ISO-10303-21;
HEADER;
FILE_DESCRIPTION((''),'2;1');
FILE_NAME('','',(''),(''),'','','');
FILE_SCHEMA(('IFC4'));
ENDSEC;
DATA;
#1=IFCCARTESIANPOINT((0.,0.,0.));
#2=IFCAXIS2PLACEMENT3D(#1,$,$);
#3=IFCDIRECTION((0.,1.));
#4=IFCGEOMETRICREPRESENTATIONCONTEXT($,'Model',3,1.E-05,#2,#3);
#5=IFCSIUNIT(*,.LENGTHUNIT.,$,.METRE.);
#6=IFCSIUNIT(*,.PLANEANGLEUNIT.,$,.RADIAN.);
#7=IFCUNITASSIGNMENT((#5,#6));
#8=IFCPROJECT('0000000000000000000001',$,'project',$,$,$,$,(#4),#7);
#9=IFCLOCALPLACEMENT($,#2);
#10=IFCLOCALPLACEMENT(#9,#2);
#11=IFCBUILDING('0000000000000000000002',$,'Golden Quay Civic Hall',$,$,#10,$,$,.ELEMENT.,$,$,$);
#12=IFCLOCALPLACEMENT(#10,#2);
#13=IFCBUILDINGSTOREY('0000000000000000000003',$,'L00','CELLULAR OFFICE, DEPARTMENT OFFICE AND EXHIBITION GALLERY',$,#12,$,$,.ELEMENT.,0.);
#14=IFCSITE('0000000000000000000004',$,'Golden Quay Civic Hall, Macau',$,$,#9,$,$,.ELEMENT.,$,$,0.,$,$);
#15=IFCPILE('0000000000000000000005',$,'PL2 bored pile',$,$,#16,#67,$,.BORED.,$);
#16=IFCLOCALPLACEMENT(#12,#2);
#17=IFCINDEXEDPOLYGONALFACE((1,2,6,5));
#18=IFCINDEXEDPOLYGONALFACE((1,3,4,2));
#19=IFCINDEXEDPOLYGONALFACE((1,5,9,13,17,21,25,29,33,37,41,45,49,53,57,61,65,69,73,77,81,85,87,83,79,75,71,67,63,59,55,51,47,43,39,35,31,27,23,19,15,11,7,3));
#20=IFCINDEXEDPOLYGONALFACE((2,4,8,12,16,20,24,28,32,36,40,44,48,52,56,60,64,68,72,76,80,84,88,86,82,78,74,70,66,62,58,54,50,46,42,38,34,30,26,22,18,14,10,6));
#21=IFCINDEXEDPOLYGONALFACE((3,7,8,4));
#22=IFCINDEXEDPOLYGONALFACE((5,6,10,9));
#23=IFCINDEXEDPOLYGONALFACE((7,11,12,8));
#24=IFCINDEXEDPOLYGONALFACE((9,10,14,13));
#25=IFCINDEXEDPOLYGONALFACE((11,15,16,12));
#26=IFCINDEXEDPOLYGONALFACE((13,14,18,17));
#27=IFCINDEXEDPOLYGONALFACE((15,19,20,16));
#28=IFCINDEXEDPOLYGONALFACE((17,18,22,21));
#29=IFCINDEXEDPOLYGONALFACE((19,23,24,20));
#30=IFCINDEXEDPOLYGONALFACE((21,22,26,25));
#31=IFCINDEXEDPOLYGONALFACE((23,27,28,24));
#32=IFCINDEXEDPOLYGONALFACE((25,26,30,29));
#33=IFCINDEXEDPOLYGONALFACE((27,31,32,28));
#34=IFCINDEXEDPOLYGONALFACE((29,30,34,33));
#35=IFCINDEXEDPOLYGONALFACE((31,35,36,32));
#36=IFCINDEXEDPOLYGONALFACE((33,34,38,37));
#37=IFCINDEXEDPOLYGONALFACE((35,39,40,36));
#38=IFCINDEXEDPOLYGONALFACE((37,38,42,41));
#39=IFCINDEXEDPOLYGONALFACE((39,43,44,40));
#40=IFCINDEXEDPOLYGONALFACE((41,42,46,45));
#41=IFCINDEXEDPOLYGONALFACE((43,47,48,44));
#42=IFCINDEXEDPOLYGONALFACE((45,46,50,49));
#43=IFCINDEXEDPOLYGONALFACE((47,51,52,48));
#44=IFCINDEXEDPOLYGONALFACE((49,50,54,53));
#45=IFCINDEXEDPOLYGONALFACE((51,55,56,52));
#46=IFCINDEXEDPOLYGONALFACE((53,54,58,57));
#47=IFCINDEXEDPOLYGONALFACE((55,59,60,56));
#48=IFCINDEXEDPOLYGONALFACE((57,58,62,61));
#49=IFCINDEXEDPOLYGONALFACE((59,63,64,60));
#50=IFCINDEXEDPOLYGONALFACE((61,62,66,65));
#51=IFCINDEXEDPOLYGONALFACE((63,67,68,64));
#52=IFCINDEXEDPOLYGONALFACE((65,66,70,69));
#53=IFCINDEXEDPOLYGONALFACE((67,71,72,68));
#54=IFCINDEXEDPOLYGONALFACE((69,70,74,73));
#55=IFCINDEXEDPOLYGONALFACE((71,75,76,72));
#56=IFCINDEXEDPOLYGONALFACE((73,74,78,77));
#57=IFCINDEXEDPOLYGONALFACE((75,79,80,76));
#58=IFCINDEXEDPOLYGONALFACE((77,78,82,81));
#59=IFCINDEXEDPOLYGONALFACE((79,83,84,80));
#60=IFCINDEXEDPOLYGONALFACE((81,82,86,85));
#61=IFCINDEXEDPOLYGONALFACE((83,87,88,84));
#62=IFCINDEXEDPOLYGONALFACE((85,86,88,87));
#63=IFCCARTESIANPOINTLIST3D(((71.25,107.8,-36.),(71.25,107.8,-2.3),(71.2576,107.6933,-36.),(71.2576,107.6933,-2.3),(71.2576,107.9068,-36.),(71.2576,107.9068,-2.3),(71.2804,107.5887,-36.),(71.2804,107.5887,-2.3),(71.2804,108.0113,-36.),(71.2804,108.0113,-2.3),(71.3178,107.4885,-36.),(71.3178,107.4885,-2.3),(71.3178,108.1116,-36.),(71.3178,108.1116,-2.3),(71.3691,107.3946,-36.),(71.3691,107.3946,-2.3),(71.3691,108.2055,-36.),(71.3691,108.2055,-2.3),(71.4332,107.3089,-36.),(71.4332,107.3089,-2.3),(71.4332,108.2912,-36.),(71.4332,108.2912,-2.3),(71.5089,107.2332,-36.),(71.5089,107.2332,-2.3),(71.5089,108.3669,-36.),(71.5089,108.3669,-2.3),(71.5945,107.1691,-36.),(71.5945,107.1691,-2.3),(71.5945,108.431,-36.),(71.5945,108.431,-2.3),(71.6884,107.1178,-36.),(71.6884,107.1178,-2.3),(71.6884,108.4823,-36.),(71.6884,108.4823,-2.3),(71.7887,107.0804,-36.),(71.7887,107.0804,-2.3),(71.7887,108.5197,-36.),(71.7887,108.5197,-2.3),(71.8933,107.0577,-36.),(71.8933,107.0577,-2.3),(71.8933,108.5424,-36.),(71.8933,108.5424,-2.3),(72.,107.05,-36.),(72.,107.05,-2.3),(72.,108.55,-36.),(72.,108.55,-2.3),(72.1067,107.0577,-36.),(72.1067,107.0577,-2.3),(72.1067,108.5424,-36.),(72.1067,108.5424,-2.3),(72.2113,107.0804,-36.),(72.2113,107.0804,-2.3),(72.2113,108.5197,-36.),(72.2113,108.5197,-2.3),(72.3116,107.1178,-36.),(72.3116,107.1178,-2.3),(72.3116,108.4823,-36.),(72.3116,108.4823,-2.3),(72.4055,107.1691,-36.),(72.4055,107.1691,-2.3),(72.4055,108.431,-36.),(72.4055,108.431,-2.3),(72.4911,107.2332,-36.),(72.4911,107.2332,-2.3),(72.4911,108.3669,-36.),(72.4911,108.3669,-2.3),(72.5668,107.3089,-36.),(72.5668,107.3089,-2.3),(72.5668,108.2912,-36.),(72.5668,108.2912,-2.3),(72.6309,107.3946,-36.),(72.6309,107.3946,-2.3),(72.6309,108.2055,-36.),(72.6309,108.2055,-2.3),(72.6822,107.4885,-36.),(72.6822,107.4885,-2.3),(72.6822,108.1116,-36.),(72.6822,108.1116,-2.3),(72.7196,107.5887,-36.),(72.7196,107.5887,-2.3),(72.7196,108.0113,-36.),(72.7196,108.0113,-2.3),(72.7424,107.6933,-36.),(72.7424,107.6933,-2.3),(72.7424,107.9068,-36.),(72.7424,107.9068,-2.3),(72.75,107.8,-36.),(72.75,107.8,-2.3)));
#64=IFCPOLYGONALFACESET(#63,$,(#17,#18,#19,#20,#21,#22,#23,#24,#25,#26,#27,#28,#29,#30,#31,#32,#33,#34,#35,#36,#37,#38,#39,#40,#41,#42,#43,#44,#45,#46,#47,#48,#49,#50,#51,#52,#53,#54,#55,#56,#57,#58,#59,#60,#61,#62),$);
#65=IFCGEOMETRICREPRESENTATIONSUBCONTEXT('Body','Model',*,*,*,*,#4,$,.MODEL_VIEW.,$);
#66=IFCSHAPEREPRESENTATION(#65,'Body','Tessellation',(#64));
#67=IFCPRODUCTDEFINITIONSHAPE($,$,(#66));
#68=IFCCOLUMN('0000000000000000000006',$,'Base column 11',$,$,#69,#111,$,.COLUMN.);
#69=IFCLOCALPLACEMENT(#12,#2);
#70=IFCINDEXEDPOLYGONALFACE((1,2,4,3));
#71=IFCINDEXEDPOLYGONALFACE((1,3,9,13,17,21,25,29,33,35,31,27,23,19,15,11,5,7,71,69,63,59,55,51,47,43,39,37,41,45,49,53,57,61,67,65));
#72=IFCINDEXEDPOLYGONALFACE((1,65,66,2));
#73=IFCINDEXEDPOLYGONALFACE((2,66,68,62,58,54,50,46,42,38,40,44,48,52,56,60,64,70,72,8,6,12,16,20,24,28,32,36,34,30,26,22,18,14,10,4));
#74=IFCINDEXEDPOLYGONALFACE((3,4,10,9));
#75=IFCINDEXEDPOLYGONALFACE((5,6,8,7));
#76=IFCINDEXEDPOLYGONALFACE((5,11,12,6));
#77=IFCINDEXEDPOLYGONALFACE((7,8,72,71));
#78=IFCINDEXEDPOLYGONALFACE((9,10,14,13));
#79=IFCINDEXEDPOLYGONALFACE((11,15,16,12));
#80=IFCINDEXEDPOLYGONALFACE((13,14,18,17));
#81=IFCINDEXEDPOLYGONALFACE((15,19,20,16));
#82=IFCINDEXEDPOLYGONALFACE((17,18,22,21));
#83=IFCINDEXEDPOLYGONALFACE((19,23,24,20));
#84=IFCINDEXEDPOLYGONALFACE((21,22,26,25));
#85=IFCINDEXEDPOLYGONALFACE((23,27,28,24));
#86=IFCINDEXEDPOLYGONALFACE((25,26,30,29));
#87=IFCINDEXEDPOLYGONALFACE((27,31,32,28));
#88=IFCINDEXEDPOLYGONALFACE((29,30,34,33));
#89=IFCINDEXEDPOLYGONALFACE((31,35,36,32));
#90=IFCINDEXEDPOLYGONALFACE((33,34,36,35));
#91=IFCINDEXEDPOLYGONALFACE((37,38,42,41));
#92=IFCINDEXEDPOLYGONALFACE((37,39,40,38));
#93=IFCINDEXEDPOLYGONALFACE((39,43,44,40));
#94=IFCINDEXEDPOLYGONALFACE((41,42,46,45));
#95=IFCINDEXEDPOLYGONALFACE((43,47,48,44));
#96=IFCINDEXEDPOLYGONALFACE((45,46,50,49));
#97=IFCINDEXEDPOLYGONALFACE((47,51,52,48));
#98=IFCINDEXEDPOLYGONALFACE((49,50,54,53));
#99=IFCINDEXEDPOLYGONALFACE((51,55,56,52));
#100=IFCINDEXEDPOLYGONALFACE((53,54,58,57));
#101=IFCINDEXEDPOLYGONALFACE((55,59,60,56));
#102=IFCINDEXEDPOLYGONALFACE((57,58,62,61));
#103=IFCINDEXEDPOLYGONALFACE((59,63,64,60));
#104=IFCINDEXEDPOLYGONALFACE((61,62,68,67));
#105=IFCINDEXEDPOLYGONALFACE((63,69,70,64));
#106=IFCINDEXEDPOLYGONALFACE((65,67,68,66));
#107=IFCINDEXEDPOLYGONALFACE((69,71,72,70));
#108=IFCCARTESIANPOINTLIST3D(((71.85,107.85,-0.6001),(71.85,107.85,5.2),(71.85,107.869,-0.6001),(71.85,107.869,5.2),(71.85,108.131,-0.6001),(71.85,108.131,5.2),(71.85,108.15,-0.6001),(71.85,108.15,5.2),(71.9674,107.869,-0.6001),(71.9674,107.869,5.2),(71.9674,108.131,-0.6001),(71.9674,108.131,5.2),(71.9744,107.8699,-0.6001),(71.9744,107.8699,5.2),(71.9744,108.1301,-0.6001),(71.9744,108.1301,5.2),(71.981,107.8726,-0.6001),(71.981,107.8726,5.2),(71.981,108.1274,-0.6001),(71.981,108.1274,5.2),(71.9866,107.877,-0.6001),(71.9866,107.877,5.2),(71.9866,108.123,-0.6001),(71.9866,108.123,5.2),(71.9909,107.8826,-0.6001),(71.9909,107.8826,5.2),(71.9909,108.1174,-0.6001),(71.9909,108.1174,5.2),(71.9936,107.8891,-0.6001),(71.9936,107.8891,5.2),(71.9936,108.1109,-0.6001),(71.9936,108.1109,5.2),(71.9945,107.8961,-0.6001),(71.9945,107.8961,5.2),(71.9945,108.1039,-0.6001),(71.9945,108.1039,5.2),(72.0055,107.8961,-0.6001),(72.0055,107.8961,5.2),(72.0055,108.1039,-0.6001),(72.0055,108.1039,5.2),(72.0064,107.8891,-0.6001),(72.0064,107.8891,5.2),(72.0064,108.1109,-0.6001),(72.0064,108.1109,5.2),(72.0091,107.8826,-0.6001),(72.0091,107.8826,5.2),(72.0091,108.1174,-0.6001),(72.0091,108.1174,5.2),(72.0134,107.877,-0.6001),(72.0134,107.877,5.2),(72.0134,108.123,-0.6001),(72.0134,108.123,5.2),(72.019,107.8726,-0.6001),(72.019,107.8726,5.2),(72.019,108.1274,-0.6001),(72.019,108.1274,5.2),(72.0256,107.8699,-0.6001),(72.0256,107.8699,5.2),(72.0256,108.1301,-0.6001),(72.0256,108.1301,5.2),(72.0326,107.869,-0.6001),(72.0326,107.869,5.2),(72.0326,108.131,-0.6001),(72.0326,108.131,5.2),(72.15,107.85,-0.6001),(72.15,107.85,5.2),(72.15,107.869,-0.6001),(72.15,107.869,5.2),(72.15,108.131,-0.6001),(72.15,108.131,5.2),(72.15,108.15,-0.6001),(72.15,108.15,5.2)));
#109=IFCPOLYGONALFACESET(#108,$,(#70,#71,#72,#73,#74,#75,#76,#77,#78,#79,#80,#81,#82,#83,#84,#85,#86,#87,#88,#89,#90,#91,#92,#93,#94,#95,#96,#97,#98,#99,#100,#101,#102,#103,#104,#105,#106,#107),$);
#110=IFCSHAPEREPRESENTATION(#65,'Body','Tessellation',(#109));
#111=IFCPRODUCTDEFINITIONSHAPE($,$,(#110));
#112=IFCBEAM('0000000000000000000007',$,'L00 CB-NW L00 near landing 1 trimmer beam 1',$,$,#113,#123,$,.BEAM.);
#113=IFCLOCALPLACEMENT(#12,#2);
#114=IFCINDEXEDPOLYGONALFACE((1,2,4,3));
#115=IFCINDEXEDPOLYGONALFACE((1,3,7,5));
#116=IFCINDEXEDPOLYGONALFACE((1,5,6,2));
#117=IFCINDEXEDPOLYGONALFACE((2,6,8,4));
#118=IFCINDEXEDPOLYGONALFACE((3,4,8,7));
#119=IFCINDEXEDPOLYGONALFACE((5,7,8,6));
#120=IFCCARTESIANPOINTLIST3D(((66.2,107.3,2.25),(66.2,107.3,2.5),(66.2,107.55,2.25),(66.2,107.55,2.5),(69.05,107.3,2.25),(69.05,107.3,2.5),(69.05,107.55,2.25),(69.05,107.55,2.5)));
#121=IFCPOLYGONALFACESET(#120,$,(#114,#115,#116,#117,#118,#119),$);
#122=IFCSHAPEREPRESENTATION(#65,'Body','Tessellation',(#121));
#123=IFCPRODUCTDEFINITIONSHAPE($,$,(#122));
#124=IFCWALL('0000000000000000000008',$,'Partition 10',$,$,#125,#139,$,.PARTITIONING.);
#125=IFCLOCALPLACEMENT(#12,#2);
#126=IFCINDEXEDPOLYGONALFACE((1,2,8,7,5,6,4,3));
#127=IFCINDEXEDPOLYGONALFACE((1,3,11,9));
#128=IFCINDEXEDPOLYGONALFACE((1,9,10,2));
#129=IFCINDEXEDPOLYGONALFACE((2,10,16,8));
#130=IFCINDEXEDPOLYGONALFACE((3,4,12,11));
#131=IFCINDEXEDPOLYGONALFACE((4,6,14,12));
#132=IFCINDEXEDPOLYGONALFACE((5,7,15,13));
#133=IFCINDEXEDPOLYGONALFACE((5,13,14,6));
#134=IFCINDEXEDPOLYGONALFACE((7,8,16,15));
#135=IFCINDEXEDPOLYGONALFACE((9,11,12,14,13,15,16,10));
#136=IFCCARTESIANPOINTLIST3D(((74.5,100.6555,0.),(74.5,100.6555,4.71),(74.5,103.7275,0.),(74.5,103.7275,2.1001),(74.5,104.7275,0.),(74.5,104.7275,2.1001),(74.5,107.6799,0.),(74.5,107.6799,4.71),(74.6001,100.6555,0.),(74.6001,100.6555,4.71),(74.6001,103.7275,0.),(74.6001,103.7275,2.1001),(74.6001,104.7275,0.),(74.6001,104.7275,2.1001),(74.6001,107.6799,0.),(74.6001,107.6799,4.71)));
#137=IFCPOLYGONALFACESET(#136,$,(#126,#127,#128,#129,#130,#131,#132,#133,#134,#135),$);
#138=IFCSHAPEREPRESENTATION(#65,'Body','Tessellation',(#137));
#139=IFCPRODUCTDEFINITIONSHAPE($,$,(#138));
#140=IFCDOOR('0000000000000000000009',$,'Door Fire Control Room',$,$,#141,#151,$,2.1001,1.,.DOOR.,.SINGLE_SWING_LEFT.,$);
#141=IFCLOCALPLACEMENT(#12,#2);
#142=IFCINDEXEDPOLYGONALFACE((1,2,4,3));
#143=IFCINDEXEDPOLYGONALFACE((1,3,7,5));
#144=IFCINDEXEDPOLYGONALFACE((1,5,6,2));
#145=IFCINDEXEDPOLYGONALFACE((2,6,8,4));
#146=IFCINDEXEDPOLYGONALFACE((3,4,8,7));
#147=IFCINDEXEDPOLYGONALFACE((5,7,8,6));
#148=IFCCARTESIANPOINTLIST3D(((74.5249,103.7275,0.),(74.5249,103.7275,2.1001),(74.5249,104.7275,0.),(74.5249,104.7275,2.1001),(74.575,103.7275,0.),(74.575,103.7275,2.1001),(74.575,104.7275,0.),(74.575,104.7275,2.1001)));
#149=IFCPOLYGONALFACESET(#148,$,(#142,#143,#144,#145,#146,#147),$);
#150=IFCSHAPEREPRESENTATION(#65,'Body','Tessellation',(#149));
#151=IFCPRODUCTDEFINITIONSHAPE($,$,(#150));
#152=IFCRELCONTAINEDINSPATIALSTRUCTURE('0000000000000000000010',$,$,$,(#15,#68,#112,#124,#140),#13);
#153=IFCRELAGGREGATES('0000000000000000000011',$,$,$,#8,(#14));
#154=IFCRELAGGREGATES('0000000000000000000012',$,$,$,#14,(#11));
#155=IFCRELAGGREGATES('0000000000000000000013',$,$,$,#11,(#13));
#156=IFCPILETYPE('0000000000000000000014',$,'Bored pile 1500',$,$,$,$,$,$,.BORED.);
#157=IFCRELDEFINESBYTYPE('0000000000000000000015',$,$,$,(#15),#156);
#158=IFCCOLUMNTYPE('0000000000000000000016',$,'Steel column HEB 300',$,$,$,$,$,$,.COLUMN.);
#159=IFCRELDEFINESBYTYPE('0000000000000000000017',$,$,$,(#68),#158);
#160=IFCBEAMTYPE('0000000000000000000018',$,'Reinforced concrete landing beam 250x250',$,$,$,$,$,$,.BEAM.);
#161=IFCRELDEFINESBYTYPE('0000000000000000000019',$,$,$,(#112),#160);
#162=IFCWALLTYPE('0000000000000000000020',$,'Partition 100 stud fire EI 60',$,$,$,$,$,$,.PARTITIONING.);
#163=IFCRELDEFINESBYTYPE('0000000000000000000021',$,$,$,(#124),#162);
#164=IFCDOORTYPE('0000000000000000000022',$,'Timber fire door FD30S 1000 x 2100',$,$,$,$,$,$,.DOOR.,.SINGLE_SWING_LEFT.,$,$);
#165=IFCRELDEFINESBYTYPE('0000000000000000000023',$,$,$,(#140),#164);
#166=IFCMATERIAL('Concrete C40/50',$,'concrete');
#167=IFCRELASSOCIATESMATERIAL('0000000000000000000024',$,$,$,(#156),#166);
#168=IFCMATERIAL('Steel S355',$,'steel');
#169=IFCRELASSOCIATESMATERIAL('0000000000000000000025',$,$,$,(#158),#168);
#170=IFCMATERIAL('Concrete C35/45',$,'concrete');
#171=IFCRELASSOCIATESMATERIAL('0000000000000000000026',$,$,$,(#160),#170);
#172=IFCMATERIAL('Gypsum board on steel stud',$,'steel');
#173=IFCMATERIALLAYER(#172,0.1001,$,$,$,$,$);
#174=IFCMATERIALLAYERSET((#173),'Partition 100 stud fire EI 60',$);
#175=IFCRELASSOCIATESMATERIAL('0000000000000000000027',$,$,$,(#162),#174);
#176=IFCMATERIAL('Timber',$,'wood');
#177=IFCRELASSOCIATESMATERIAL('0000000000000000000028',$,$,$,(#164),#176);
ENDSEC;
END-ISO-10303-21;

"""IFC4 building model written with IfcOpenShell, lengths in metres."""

from ifc_helpers import new_model, si_unit, direction, frame, frame_2d, origin, origin_2d, place, context, subcontext, project, spatial, rectangle, circle, i_section, extrude, material, layer, layer_set, material_profile, profile_set, type_object, element, fill, save


model = new_model("IFC4")

# Units and contexts
model_context = context("Model", 3, precision=1e-05, world=origin(), true_north=direction((0.0, 1.0)))
body_context = subcontext(model_context, "Body", "Model", "MODEL_VIEW")
ifc_project = project(units=[si_unit("LENGTHUNIT", "METRE"), si_unit("PLANEANGLEUNIT", "RADIAN")], contexts=[model_context])

# Site, building, storey
site_placement = place(None, origin())
site = spatial("IfcSite", under=ifc_project, at=site_placement, Name="Golden Quay Civic Hall, Macau", CompositionType="ELEMENT", RefElevation=0.0)
building_placement = place(site_placement, origin())
building = spatial("IfcBuilding", under=site, at=building_placement, Name="Golden Quay Civic Hall", CompositionType="ELEMENT")
storey_placement = place(building_placement, origin())
storey = spatial("IfcBuildingStorey", under=building, at=storey_placement, Name="L00", Description="CELLULAR OFFICE, DEPARTMENT OFFICE AND EXHIBITION GALLERY", CompositionType="ELEMENT", Elevation=0.0)

# Pile
ifc_material_1 = material(Name="Concrete C40/50", Category="concrete")
ifc_material_profile_1 = material_profile(ifc_material_1, circle(Radius=0.75, at=origin_2d()), Name="RC D1500")
ifc_profile_set_1 = profile_set([ifc_material_profile_1], Name="Concrete C40/50")
pile_type_1 = type_object("IfcPileType", Name="Bored pile 1500", PredefinedType="BORED", material=ifc_profile_set_1)
for number, where, z_axis, x_axis, name in (
    (1, (72.0, 107.8, -2.3), (0.0, 0.0, -1.0), (1.0, 0.0, 0.0), "PL2 bored pile"),
):
    element("IfcPile", number, at=place(storey_placement, frame(where, z_axis=z_axis, x_axis=x_axis)), inside=storey, type_object=pile_type_1, Name=name, PredefinedType="BORED", context=body_context, shape_type="SweptSolid", body=[
        extrude(circle(Radius=0.75, at=origin_2d()), origin(), (0.0, 0.0, 1.0), 33.7),
    ])

# Column
ifc_material_2 = material(Name="Steel S355", Category="steel")
ifc_material_profile_2 = material_profile(ifc_material_2, i_section(OverallWidth=0.3, OverallDepth=0.3, WebThickness=0.011, FlangeThickness=0.019, FilletRadius=0.0271, at=origin_2d()), Name="HEB 300")
ifc_profile_set_2 = profile_set([ifc_material_profile_2], Name="Steel S355")
column_type = type_object("IfcColumnType", Name="Steel column HEB 300", PredefinedType="COLUMN", material=ifc_profile_set_2)
column_placement = place(storey_placement, frame((72.0, 108.0, -0.6001), z_axis=(0.0, 0.0, 1.0), x_axis=(1.0, 0.0, 0.0)))
element("IfcColumn", 2, at=column_placement, inside=storey, type_object=column_type, Name="Base column 11", PredefinedType="COLUMN", context=body_context, shape_type="SweptSolid", body=[
    extrude(i_section(OverallWidth=0.3, OverallDepth=0.3, WebThickness=0.011, FlangeThickness=0.019, FilletRadius=0.0271, at=origin_2d()), origin(), (0.0, 0.0, 1.0), 5.8),
])

# Beam
ifc_material_3 = material(Name="Concrete C35/45", Category="concrete")
ifc_material_profile_3 = material_profile(ifc_material_3, rectangle(XDim=0.25, YDim=0.25, at=origin_2d()), Name="RC 250x250")
ifc_profile_set_3 = profile_set([ifc_material_profile_3], Name="Concrete C35/45")
beam_type = type_object("IfcBeamType", Name="Reinforced concrete landing beam 250x250", PredefinedType="BEAM", material=ifc_profile_set_3)
beam_placement = place(storey_placement, frame((66.2, 107.425, 2.375), z_axis=(1.0, 0.0, 0.0), x_axis=(0.0, 1.0, 0.0)))
element("IfcBeam", 3, at=beam_placement, inside=storey, type_object=beam_type, Name="L00 CB-NW L00 near landing 1 trimmer beam 1", PredefinedType="BEAM", context=body_context, shape_type="SweptSolid", body=[
    extrude(rectangle(XDim=0.25, YDim=0.25, at=origin_2d()), origin(), (0.0, 0.0, 1.0), 2.8501),
])

# Wall, opening, door
ifc_material_4 = material(Name="Gypsum board on steel stud", Category="steel")
ifc_layer_1 = layer(ifc_material_4, 0.1001)
ifc_layer_set_1 = layer_set([ifc_layer_1], Name="Partition 100 stud fire EI 60")
wall_type_1 = type_object("IfcWallType", Name="Partition 100 stud fire EI 60", PredefinedType="PARTITIONING", material=ifc_layer_set_1)
wall_1_placement = place(storey_placement, frame((74.55, 107.6799, 0.0), z_axis=(0.0, 0.0, 1.0), x_axis=(0.0, -1.0, 0.0)))
wall_1 = element("IfcWall", 4, at=wall_1_placement, inside=storey, type_object=wall_type_1, Name="Partition 10", PredefinedType="PARTITIONING", context=body_context, shape_type="SweptSolid", body=[
    extrude(rectangle(XDim=7.0244, YDim=0.1001, at=frame_2d((3.5122, 0.0))), origin(), (0.0, 0.0, 1.0), 4.71),
])
opening_1_placement = place(wall_1_placement, frame((2.9524, 0.0, 0.0)))
opening_1 = element("IfcOpeningElement", 5, at=opening_1_placement, cuts=wall_1, PredefinedType="OPENING", context=body_context, shape_type="SweptSolid", body=[
    extrude(rectangle(XDim=1.0, YDim=2.1001, at=frame_2d((0.5, 1.05))), frame((0.0, 0.0601, 0.0), z_axis=(0.0, -1.0, 0.0), x_axis=(1.0, 0.0, 0.0)), (0.0, 0.0, 1.0), 0.1201),
])
ifc_material_5 = material(Name="Timber", Category="wood")
door_type_1 = type_object("IfcDoorType", Name="Timber fire door FD30S 1000 x 2100", OperationType="SINGLE_SWING_LEFT", PredefinedType="DOOR", material=ifc_material_5)
door_1_placement = place(opening_1_placement, origin())
door_1 = element("IfcDoor", 6, at=door_1_placement, inside=storey, type_object=door_type_1, Name="Door Fire Control Room", OperationType="SINGLE_SWING_LEFT", OverallHeight=2.1001, OverallWidth=1.0, PredefinedType="DOOR", context=body_context, shape_type="SweptSolid", body=[
    extrude(rectangle(XDim=1.0, YDim=2.1001, at=frame_2d((0.5, 1.05))), frame((0.0, 0.0249, 0.0), z_axis=(0.0, -1.0, 0.0), x_axis=(1.0, 0.0, 0.0)), (0.0, 0.0, 1.0), 0.05),
])
fill(opening_1, door_1)

save(model, "model.ifc")
